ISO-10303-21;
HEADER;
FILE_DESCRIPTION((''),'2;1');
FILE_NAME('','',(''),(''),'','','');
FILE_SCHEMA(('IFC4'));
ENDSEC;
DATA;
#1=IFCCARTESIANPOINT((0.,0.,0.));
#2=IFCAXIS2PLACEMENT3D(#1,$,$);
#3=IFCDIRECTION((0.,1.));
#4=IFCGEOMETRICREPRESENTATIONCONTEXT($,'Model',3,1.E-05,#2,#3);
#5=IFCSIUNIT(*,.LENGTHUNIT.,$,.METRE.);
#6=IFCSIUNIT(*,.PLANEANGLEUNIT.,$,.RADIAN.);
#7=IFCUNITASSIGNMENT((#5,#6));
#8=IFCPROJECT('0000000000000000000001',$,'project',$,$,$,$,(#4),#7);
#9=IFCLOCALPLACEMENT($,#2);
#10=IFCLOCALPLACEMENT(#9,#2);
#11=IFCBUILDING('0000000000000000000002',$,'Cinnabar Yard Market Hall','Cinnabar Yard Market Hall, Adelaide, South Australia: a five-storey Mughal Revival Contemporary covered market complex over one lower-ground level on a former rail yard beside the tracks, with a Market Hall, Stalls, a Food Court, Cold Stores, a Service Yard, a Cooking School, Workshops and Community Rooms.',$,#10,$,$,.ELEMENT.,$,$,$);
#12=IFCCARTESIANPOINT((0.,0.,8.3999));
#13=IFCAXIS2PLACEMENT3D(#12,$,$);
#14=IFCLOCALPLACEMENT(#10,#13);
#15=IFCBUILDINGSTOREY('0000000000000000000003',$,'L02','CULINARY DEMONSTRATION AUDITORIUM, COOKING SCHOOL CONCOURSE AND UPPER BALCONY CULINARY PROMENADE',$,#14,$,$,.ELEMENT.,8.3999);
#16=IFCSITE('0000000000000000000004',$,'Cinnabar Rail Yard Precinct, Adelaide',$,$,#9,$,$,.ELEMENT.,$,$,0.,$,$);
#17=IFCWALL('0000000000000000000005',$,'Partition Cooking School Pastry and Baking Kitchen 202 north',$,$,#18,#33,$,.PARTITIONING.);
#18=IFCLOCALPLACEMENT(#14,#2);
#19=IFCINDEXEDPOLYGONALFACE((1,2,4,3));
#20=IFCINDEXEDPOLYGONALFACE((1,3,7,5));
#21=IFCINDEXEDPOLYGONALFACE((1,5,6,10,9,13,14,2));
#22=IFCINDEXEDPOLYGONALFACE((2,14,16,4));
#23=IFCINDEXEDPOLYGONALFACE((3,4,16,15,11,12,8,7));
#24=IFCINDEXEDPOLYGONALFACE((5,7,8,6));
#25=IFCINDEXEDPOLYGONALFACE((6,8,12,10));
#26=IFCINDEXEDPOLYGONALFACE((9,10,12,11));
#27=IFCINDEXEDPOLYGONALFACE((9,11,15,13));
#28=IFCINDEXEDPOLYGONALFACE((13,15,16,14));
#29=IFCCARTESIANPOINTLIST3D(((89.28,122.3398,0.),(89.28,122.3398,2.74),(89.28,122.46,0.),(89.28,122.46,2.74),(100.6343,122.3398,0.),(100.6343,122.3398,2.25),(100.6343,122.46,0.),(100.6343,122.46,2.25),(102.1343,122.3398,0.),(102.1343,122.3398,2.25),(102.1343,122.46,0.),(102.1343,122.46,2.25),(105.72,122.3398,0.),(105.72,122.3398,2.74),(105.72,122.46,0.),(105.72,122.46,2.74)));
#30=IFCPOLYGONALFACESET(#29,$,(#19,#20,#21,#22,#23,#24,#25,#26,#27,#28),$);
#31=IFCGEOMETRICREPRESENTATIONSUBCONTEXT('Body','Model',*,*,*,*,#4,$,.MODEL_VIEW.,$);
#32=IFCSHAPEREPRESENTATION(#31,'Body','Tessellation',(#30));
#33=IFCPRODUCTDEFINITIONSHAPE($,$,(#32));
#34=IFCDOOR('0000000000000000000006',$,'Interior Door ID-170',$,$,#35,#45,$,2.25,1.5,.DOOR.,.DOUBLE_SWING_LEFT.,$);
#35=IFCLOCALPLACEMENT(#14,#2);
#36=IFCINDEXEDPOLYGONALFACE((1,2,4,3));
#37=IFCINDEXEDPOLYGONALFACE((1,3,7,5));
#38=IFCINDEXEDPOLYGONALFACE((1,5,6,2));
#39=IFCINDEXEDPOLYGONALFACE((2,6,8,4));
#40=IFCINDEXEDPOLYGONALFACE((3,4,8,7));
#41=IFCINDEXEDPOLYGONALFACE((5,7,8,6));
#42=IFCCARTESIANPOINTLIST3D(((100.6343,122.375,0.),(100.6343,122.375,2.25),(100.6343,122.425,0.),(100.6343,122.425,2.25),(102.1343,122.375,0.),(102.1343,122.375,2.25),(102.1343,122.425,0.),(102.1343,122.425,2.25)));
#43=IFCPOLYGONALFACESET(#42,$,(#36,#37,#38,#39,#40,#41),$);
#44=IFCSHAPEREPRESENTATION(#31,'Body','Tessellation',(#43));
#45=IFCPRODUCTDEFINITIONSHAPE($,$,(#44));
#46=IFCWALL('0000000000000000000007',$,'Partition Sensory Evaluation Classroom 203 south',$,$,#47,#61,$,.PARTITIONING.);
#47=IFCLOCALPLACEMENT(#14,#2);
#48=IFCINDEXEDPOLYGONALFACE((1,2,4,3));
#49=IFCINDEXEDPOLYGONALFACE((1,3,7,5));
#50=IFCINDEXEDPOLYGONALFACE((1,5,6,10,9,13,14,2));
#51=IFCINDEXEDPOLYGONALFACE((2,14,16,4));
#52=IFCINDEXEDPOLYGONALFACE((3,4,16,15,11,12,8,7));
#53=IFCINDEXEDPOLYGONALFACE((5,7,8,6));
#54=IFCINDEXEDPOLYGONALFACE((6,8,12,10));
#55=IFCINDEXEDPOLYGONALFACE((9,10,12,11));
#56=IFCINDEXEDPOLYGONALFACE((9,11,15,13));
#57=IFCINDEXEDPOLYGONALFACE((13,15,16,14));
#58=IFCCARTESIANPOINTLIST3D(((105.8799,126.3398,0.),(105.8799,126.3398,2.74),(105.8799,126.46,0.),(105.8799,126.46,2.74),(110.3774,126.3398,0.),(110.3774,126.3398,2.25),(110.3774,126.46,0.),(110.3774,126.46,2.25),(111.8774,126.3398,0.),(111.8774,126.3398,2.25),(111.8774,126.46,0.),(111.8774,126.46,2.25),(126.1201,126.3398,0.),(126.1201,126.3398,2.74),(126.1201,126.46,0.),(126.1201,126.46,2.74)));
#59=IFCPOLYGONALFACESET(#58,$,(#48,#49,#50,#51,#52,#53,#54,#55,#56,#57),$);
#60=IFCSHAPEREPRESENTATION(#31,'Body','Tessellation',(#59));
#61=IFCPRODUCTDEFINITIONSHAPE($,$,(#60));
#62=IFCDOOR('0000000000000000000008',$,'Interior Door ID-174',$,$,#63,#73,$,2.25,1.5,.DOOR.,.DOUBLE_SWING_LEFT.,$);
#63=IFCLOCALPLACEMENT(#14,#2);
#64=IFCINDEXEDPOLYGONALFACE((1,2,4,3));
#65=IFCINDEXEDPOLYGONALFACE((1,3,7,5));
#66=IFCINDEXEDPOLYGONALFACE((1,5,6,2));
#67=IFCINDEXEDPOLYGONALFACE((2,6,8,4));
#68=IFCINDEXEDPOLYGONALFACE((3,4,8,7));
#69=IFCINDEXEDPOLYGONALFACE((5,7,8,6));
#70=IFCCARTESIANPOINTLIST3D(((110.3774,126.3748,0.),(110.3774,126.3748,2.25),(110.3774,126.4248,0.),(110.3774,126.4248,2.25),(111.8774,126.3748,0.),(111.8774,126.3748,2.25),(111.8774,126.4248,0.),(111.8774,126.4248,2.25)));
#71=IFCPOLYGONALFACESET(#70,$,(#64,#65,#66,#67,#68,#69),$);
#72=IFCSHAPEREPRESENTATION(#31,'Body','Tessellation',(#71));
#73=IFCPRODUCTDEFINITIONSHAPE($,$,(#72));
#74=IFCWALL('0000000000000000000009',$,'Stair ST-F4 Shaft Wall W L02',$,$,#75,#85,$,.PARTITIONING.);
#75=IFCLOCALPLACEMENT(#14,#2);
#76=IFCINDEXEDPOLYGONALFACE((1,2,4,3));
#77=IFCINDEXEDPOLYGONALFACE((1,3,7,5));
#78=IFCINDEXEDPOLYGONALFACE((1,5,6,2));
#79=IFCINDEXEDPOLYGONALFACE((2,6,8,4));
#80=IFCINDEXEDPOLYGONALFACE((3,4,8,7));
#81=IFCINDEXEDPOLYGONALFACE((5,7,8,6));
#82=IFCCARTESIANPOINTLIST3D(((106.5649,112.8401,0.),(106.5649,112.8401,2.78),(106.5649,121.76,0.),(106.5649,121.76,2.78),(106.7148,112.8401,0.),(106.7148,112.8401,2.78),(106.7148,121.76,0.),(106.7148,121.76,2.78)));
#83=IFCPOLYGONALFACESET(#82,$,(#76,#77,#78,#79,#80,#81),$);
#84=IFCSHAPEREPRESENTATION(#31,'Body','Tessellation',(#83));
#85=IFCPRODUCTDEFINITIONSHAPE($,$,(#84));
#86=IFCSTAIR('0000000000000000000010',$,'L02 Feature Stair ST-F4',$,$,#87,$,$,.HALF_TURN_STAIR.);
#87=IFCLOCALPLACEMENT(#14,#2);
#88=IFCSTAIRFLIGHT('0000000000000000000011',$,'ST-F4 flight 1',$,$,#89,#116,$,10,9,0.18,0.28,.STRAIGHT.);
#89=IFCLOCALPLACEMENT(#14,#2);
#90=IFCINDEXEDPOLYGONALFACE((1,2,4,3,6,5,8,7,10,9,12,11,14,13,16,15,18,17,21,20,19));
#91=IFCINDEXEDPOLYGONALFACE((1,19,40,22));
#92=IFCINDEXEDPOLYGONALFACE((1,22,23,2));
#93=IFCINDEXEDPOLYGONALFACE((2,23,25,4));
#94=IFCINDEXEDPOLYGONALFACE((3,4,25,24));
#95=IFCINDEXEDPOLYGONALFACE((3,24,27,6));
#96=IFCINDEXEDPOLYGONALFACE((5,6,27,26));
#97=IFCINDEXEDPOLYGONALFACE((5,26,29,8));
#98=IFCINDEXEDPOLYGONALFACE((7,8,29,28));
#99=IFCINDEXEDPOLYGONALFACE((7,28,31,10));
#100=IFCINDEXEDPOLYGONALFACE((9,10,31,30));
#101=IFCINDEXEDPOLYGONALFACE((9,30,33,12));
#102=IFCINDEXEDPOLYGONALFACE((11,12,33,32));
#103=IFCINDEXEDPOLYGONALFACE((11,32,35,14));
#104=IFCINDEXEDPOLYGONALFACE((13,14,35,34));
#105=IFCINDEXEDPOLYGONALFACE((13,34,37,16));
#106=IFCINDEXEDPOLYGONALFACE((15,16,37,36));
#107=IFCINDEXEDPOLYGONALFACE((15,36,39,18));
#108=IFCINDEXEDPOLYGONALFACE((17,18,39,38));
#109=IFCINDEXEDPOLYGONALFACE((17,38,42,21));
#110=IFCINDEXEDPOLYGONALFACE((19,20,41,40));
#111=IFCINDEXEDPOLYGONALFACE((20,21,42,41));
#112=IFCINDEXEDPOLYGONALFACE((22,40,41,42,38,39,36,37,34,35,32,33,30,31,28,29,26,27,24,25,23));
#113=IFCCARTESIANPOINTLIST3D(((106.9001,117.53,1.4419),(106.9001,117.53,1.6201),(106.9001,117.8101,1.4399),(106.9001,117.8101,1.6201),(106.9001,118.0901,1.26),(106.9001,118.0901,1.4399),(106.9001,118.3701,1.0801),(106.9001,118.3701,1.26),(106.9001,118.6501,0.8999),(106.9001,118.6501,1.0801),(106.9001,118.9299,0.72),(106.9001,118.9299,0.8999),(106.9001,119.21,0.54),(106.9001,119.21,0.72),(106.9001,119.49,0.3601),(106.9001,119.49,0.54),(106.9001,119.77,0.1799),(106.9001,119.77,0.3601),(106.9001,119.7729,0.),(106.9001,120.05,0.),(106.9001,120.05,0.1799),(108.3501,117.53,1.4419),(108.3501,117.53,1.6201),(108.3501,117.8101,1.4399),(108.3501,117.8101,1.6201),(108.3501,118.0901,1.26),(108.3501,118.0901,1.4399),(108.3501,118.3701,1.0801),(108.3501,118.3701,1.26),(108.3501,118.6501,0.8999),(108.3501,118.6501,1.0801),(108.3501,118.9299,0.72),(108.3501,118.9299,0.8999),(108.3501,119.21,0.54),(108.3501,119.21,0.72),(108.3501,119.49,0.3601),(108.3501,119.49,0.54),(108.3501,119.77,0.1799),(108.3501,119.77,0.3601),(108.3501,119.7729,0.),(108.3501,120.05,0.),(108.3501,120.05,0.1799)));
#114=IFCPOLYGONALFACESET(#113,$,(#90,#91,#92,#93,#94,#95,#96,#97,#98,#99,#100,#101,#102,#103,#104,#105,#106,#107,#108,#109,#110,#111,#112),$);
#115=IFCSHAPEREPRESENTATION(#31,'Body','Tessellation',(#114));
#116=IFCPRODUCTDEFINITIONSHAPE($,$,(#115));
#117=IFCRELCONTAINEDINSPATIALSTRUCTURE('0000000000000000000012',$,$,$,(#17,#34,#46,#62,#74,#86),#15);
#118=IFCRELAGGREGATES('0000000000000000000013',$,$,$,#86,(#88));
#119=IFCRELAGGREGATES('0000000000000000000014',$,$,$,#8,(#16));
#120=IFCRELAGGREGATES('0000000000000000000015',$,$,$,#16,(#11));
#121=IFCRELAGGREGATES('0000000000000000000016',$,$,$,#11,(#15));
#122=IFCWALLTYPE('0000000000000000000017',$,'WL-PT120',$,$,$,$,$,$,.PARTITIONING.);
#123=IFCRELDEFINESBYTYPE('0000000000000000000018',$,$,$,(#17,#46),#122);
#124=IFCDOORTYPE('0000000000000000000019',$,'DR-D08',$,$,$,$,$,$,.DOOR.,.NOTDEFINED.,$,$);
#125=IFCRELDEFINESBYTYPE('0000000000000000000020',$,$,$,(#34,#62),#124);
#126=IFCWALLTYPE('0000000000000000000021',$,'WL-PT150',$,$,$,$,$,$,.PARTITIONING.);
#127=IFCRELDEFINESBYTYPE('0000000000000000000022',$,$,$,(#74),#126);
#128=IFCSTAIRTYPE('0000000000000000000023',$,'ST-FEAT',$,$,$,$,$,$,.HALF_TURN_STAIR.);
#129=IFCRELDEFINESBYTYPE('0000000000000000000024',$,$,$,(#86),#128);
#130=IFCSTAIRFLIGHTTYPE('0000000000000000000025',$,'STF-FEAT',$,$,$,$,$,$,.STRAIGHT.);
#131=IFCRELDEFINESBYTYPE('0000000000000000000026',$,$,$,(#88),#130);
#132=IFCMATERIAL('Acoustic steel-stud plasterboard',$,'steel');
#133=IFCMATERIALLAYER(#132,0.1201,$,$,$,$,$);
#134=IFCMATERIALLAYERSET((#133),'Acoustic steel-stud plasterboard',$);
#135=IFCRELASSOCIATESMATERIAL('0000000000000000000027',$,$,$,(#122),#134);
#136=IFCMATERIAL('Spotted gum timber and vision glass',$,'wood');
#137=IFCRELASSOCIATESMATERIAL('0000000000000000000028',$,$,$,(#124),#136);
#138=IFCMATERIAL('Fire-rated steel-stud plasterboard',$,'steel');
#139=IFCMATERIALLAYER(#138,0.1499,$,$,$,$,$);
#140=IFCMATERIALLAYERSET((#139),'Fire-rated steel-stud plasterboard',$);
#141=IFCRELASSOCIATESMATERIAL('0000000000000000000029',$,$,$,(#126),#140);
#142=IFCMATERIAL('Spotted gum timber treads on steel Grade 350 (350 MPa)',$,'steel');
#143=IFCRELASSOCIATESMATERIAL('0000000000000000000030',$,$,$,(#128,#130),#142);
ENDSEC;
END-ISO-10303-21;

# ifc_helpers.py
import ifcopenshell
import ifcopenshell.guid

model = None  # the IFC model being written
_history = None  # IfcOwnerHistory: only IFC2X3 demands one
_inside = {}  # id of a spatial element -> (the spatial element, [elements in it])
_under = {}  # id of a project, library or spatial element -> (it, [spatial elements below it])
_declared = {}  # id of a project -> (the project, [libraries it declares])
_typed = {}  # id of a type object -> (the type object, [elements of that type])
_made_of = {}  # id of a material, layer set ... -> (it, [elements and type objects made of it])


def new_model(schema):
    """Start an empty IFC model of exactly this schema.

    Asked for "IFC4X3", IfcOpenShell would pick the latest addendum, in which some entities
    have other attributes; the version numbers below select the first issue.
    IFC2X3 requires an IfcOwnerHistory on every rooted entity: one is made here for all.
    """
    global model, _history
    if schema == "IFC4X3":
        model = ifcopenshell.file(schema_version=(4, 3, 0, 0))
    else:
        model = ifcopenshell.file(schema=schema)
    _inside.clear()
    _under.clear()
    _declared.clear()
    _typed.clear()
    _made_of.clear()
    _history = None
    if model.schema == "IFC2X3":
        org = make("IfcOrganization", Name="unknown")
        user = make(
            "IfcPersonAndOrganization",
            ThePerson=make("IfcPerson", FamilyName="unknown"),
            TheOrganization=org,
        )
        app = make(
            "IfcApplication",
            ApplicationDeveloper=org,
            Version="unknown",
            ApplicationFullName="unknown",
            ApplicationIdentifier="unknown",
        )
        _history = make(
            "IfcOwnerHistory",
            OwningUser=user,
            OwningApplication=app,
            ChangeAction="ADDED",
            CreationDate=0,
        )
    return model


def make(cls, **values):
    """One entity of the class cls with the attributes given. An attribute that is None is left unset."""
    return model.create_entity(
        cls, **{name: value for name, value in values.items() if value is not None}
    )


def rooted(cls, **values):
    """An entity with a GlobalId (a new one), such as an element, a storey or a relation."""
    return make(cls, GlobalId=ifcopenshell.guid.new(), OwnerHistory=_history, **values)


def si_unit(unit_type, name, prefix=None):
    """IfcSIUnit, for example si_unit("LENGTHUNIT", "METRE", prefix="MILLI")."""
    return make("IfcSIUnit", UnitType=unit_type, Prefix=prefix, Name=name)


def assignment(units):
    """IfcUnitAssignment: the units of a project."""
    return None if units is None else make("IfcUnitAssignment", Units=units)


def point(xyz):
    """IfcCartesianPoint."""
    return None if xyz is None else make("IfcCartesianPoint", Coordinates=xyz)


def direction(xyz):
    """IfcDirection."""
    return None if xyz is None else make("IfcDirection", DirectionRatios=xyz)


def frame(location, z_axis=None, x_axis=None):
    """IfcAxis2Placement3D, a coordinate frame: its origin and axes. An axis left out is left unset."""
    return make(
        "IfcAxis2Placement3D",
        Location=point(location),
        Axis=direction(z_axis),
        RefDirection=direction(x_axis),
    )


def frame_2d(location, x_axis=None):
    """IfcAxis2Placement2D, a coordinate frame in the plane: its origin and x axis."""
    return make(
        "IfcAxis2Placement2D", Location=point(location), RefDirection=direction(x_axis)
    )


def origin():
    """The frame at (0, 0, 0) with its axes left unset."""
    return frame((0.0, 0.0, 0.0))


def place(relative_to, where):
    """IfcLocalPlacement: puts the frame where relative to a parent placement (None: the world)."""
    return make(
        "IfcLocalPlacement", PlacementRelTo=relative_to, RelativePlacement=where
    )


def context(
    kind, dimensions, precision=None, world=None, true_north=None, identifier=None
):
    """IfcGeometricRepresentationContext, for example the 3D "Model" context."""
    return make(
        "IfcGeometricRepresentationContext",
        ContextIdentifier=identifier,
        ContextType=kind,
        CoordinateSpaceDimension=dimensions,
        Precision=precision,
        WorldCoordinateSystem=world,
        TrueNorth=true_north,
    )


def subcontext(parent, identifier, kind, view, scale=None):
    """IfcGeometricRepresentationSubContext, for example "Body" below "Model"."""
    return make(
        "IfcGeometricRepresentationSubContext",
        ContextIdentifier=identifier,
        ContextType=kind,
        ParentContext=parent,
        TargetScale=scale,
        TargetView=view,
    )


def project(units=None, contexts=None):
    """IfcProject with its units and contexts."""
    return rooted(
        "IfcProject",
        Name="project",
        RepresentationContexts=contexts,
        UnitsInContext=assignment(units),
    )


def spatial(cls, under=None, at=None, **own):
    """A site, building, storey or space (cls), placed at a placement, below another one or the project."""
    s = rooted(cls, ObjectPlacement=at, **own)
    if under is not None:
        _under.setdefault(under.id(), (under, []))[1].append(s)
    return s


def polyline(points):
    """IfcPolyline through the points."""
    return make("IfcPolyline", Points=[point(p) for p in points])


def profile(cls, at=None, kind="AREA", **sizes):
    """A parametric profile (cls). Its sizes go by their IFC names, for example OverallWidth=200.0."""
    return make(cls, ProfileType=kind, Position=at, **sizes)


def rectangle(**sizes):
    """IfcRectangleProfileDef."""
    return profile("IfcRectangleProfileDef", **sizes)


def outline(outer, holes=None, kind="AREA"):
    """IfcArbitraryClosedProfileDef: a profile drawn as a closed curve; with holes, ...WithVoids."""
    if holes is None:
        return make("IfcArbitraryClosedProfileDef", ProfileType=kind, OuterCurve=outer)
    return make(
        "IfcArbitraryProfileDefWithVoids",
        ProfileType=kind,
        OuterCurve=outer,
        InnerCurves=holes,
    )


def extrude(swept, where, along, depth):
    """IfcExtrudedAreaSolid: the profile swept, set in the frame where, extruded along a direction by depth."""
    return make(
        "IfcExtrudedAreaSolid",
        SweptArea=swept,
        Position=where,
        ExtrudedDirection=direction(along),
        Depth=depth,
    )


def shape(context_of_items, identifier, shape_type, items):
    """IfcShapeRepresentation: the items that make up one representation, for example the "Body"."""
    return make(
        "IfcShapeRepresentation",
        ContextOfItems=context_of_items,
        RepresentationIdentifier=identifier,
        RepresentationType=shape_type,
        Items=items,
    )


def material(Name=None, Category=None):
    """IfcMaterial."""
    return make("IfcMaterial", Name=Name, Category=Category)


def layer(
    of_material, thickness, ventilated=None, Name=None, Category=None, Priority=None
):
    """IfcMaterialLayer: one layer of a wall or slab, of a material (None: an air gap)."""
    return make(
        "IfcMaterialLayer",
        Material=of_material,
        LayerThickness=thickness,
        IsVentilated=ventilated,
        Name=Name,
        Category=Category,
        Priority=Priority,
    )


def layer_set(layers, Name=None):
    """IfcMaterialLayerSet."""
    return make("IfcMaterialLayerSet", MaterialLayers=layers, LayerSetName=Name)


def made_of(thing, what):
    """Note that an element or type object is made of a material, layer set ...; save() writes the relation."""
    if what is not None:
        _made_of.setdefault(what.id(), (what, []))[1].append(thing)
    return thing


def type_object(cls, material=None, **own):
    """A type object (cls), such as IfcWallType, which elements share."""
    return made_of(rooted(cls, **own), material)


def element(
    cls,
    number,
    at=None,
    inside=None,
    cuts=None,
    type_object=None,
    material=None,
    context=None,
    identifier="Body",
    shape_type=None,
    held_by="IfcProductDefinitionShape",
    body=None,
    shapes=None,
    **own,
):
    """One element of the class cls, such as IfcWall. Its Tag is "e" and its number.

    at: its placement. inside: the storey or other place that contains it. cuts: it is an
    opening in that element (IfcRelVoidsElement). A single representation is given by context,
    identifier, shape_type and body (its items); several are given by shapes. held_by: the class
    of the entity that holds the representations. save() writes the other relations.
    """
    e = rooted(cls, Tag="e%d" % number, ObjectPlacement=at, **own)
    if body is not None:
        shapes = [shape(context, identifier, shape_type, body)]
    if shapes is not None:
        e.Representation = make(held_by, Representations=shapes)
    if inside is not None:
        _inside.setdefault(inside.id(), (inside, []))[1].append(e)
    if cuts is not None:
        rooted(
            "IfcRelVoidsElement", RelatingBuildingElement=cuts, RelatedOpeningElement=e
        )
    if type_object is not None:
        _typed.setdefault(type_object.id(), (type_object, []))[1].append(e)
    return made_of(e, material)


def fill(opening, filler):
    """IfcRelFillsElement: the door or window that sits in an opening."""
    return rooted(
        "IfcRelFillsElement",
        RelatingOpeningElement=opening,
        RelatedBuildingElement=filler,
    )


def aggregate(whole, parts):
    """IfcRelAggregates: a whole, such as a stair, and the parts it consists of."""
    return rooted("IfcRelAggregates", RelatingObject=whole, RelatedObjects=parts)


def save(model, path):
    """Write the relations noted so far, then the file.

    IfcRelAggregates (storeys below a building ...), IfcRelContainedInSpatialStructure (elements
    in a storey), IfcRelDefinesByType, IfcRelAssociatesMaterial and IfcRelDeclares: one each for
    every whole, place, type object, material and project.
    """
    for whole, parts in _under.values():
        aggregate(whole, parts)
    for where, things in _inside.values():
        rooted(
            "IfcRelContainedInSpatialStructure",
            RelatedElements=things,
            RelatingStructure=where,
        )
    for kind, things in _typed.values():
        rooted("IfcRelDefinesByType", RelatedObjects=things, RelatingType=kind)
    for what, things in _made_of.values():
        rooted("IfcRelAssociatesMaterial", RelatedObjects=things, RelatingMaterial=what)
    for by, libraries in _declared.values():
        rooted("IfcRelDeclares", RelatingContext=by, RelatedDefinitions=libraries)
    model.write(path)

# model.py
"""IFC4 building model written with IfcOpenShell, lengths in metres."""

from ifc_helpers import new_model, si_unit, direction, frame, frame_2d, origin, place, context, subcontext, project, spatial, polyline, rectangle, outline, extrude, material, layer, layer_set, type_object, element, fill, aggregate, save


model = new_model("IFC4")

# Units and contexts
model_context = context("Model", 3, precision=1e-05, world=origin(), true_north=direction((0.0, 1.0)))
body_context = subcontext(model_context, "Body", "Model", "MODEL_VIEW")
ifc_project = project(units=[si_unit("LENGTHUNIT", "METRE"), si_unit("PLANEANGLEUNIT", "RADIAN")], contexts=[model_context])

# Site, building, storey
site_placement = place(None, origin())
site = spatial("IfcSite", under=ifc_project, at=site_placement, Name="Cinnabar Rail Yard Precinct, Adelaide", CompositionType="ELEMENT", RefElevation=0.0)
building_placement = place(site_placement, origin())
building = spatial("IfcBuilding", under=site, at=building_placement, Name="Cinnabar Yard Market Hall", Description="Cinnabar Yard Market Hall, Adelaide, South Australia: a five-storey Mughal Revival Contemporary covered market complex over one lower-ground level on a former rail yard beside the tracks, with a Market Hall, Stalls, a Food Court, Cold Stores, a Service Yard, a Cooking School, Workshops and Community Rooms.", CompositionType="ELEMENT")
storey_placement = place(building_placement, frame((0.0, 0.0, 8.3999)))
storey = spatial("IfcBuildingStorey", under=building, at=storey_placement, Name="L02", Description="CULINARY DEMONSTRATION AUDITORIUM, COOKING SCHOOL CONCOURSE AND UPPER BALCONY CULINARY PROMENADE", CompositionType="ELEMENT", Elevation=8.3999)

# Walls, openings, doors
ifc_material_1 = material(Name="Acoustic steel-stud plasterboard", Category="steel")
ifc_layer_1 = layer(ifc_material_1, 0.1201)
ifc_layer_set_1 = layer_set([ifc_layer_1], Name="Acoustic steel-stud plasterboard")
wall_type_1 = type_object("IfcWallType", Name="WL-PT120", PredefinedType="PARTITIONING", material=ifc_layer_set_1)
wall_1_placement = place(storey_placement, frame((105.72, 122.3999, 0.0), z_axis=(0.0, 0.0, 1.0), x_axis=(-1.0, 0.0, 0.0)))
wall_1 = element("IfcWall", 1, at=wall_1_placement, inside=storey, type_object=wall_type_1, Name="Partition Cooking School Pastry and Baking Kitchen 202 north", PredefinedType="PARTITIONING", context=body_context, shape_type="SweptSolid", body=[
    extrude(rectangle(XDim=16.4399, YDim=0.1201, at=frame_2d((8.22, 0.0), x_axis=(1.0, 0.0))), origin(), (0.0, 0.0, 1.0), 2.74),
])
opening_1_placement = place(wall_1_placement, frame((3.5857, 0.0, 0.0)))
opening_1 = element("IfcOpeningElement", 2, at=opening_1_placement, cuts=wall_1, PredefinedType="OPENING", context=body_context, shape_type="SweptSolid", body=[
    extrude(rectangle(XDim=1.5, YDim=2.25, at=frame_2d((0.75, 1.125), x_axis=(1.0, 0.0))), frame((0.0, 0.0701, 0.0), z_axis=(0.0, -1.0, 0.0), x_axis=(1.0, 0.0, 0.0)), (0.0, 0.0, 1.0), 0.1401),
])
ifc_material_2 = material(Name="Spotted gum timber and vision glass", Category="wood")
door_type = type_object("IfcDoorType", Name="DR-D08", OperationType="NOTDEFINED", PredefinedType="DOOR", material=ifc_material_2)
door_1_placement = place(opening_1_placement, origin())
door_1 = element("IfcDoor", 3, at=door_1_placement, inside=storey, type_object=door_type, Name="Interior Door ID-170", OperationType="DOUBLE_SWING_LEFT", OverallHeight=2.25, OverallWidth=1.5, PredefinedType="DOOR", context=body_context, shape_type="SweptSolid", body=[
    extrude(rectangle(XDim=1.5, YDim=2.25, at=frame_2d((0.75, 1.125), x_axis=(1.0, 0.0))), frame((0.0, 0.0249, 0.0), z_axis=(0.0, -1.0, 0.0), x_axis=(1.0, 0.0, 0.0)), (0.0, 0.0, 1.0), 0.05),
])
fill(opening_1, door_1)
wall_2_placement = place(storey_placement, frame((105.8799, 126.3999, 0.0), z_axis=(0.0, 0.0, 1.0), x_axis=(1.0, 0.0, 0.0)))
wall_2 = element("IfcWall", 4, at=wall_2_placement, inside=storey, type_object=wall_type_1, Name="Partition Sensory Evaluation Classroom 203 south", PredefinedType="PARTITIONING", context=body_context, shape_type="SweptSolid", body=[
    extrude(rectangle(XDim=20.2402, YDim=0.1201, at=frame_2d((10.1201, 0.0), x_axis=(1.0, 0.0))), origin(), (0.0, 0.0, 1.0), 2.74),
])
opening_2_placement = place(wall_2_placement, frame((4.4976, 0.0, 0.0)))
opening_2 = element("IfcOpeningElement", 5, at=opening_2_placement, cuts=wall_2, PredefinedType="OPENING", context=body_context, shape_type="SweptSolid", body=[
    extrude(rectangle(XDim=1.5, YDim=2.25, at=frame_2d((0.75, 1.125), x_axis=(1.0, 0.0))), frame((0.0, 0.0701, 0.0), z_axis=(0.0, -1.0, 0.0), x_axis=(1.0, 0.0, 0.0)), (0.0, 0.0, 1.0), 0.1401),
])
door_2_placement = place(opening_2_placement, origin())
door_2 = element("IfcDoor", 6, at=door_2_placement, inside=storey, type_object=door_type, Name="Interior Door ID-174", OperationType="DOUBLE_SWING_LEFT", OverallHeight=2.25, OverallWidth=1.5, PredefinedType="DOOR", context=body_context, shape_type="SweptSolid", body=[
    extrude(rectangle(XDim=1.5, YDim=2.25, at=frame_2d((0.75, 1.125), x_axis=(1.0, 0.0))), frame((0.0, 0.0249, 0.0), z_axis=(0.0, -1.0, 0.0), x_axis=(1.0, 0.0, 0.0)), (0.0, 0.0, 1.0), 0.05),
])
fill(opening_2, door_2)

# Wall
ifc_material_3 = material(Name="Fire-rated steel-stud plasterboard", Category="steel")
ifc_layer_2 = layer(ifc_material_3, 0.1499)
ifc_layer_set_2 = layer_set([ifc_layer_2], Name="Fire-rated steel-stud plasterboard")
wall_type_2 = type_object("IfcWallType", Name="WL-PT150", PredefinedType="PARTITIONING", material=ifc_layer_set_2)
wall_3_placement = place(storey_placement, frame((106.6399, 121.76, 0.0), z_axis=(0.0, 0.0, 1.0), x_axis=(0.0, -1.0, 0.0)))
element("IfcWall", 7, at=wall_3_placement, inside=storey, type_object=wall_type_2, Name="Stair ST-F4 Shaft Wall W L02", PredefinedType="PARTITIONING", context=body_context, shape_type="SweptSolid", body=[
    extrude(rectangle(XDim=8.9199, YDim=0.1499, at=frame_2d((4.46, 0.0), x_axis=(1.0, 0.0))), origin(), (0.0, 0.0, 1.0), 2.78),
])

# Stair, stair flight
ifc_material_4 = material(Name="Spotted gum timber treads on steel Grade 350 (350 MPa)", Category="steel")
stair_type = type_object("IfcStairType", Name="ST-FEAT", PredefinedType="HALF_TURN_STAIR", material=ifc_material_4)
stair_placement = place(storey_placement, origin())
stair = element("IfcStair", 8, at=stair_placement, inside=storey, type_object=stair_type, Name="L02 Feature Stair ST-F4", PredefinedType="HALF_TURN_STAIR")
stair_flight_type = type_object("IfcStairFlightType", Name="STF-FEAT", PredefinedType="STRAIGHT", material=ifc_material_4)
stair_flight_placement = place(storey_placement, frame((107.625, 120.05, 0.0), z_axis=(0.0, 0.0, 1.0), x_axis=(0.0, -1.0, 0.0)))
stair_flight = element("IfcStairFlight", 9, at=stair_flight_placement, type_object=stair_flight_type, Name="ST-F4 flight 1", NumberOfRisers=10, NumberOfTreads=9, PredefinedType="STRAIGHT", RiserHeight=0.18, TreadLength=0.28, context=body_context, shape_type="SweptSolid", body=[
    extrude(outline(polyline([(0.0, 0.0), (0.0, 0.1799), (0.28, 0.1799), (0.28, 0.3601), (0.5601, 0.3601), (0.5601, 0.54), (0.8401, 0.54), (0.8401, 0.72), (1.1201, 0.72), (1.1201, 0.8999), (1.3999, 0.8999), (1.3999, 1.0801), (1.6799, 1.0801), (1.6799, 1.26), (1.96, 1.26), (1.96, 1.4399), (2.24, 1.4399), (2.24, 1.6201), (2.52, 1.6201), (2.52, 1.8), (2.52, 1.4419), (0.2771, 0.0), (0.0, 0.0)])), frame((0.0, 0.7251, 0.0), z_axis=(0.0, -1.0, 0.0), x_axis=(1.0, 0.0, 0.0)), (0.0, 0.0, 1.0), 1.45),
])
aggregate(stair, [stair_flight])

save(model, "model.ifc")
